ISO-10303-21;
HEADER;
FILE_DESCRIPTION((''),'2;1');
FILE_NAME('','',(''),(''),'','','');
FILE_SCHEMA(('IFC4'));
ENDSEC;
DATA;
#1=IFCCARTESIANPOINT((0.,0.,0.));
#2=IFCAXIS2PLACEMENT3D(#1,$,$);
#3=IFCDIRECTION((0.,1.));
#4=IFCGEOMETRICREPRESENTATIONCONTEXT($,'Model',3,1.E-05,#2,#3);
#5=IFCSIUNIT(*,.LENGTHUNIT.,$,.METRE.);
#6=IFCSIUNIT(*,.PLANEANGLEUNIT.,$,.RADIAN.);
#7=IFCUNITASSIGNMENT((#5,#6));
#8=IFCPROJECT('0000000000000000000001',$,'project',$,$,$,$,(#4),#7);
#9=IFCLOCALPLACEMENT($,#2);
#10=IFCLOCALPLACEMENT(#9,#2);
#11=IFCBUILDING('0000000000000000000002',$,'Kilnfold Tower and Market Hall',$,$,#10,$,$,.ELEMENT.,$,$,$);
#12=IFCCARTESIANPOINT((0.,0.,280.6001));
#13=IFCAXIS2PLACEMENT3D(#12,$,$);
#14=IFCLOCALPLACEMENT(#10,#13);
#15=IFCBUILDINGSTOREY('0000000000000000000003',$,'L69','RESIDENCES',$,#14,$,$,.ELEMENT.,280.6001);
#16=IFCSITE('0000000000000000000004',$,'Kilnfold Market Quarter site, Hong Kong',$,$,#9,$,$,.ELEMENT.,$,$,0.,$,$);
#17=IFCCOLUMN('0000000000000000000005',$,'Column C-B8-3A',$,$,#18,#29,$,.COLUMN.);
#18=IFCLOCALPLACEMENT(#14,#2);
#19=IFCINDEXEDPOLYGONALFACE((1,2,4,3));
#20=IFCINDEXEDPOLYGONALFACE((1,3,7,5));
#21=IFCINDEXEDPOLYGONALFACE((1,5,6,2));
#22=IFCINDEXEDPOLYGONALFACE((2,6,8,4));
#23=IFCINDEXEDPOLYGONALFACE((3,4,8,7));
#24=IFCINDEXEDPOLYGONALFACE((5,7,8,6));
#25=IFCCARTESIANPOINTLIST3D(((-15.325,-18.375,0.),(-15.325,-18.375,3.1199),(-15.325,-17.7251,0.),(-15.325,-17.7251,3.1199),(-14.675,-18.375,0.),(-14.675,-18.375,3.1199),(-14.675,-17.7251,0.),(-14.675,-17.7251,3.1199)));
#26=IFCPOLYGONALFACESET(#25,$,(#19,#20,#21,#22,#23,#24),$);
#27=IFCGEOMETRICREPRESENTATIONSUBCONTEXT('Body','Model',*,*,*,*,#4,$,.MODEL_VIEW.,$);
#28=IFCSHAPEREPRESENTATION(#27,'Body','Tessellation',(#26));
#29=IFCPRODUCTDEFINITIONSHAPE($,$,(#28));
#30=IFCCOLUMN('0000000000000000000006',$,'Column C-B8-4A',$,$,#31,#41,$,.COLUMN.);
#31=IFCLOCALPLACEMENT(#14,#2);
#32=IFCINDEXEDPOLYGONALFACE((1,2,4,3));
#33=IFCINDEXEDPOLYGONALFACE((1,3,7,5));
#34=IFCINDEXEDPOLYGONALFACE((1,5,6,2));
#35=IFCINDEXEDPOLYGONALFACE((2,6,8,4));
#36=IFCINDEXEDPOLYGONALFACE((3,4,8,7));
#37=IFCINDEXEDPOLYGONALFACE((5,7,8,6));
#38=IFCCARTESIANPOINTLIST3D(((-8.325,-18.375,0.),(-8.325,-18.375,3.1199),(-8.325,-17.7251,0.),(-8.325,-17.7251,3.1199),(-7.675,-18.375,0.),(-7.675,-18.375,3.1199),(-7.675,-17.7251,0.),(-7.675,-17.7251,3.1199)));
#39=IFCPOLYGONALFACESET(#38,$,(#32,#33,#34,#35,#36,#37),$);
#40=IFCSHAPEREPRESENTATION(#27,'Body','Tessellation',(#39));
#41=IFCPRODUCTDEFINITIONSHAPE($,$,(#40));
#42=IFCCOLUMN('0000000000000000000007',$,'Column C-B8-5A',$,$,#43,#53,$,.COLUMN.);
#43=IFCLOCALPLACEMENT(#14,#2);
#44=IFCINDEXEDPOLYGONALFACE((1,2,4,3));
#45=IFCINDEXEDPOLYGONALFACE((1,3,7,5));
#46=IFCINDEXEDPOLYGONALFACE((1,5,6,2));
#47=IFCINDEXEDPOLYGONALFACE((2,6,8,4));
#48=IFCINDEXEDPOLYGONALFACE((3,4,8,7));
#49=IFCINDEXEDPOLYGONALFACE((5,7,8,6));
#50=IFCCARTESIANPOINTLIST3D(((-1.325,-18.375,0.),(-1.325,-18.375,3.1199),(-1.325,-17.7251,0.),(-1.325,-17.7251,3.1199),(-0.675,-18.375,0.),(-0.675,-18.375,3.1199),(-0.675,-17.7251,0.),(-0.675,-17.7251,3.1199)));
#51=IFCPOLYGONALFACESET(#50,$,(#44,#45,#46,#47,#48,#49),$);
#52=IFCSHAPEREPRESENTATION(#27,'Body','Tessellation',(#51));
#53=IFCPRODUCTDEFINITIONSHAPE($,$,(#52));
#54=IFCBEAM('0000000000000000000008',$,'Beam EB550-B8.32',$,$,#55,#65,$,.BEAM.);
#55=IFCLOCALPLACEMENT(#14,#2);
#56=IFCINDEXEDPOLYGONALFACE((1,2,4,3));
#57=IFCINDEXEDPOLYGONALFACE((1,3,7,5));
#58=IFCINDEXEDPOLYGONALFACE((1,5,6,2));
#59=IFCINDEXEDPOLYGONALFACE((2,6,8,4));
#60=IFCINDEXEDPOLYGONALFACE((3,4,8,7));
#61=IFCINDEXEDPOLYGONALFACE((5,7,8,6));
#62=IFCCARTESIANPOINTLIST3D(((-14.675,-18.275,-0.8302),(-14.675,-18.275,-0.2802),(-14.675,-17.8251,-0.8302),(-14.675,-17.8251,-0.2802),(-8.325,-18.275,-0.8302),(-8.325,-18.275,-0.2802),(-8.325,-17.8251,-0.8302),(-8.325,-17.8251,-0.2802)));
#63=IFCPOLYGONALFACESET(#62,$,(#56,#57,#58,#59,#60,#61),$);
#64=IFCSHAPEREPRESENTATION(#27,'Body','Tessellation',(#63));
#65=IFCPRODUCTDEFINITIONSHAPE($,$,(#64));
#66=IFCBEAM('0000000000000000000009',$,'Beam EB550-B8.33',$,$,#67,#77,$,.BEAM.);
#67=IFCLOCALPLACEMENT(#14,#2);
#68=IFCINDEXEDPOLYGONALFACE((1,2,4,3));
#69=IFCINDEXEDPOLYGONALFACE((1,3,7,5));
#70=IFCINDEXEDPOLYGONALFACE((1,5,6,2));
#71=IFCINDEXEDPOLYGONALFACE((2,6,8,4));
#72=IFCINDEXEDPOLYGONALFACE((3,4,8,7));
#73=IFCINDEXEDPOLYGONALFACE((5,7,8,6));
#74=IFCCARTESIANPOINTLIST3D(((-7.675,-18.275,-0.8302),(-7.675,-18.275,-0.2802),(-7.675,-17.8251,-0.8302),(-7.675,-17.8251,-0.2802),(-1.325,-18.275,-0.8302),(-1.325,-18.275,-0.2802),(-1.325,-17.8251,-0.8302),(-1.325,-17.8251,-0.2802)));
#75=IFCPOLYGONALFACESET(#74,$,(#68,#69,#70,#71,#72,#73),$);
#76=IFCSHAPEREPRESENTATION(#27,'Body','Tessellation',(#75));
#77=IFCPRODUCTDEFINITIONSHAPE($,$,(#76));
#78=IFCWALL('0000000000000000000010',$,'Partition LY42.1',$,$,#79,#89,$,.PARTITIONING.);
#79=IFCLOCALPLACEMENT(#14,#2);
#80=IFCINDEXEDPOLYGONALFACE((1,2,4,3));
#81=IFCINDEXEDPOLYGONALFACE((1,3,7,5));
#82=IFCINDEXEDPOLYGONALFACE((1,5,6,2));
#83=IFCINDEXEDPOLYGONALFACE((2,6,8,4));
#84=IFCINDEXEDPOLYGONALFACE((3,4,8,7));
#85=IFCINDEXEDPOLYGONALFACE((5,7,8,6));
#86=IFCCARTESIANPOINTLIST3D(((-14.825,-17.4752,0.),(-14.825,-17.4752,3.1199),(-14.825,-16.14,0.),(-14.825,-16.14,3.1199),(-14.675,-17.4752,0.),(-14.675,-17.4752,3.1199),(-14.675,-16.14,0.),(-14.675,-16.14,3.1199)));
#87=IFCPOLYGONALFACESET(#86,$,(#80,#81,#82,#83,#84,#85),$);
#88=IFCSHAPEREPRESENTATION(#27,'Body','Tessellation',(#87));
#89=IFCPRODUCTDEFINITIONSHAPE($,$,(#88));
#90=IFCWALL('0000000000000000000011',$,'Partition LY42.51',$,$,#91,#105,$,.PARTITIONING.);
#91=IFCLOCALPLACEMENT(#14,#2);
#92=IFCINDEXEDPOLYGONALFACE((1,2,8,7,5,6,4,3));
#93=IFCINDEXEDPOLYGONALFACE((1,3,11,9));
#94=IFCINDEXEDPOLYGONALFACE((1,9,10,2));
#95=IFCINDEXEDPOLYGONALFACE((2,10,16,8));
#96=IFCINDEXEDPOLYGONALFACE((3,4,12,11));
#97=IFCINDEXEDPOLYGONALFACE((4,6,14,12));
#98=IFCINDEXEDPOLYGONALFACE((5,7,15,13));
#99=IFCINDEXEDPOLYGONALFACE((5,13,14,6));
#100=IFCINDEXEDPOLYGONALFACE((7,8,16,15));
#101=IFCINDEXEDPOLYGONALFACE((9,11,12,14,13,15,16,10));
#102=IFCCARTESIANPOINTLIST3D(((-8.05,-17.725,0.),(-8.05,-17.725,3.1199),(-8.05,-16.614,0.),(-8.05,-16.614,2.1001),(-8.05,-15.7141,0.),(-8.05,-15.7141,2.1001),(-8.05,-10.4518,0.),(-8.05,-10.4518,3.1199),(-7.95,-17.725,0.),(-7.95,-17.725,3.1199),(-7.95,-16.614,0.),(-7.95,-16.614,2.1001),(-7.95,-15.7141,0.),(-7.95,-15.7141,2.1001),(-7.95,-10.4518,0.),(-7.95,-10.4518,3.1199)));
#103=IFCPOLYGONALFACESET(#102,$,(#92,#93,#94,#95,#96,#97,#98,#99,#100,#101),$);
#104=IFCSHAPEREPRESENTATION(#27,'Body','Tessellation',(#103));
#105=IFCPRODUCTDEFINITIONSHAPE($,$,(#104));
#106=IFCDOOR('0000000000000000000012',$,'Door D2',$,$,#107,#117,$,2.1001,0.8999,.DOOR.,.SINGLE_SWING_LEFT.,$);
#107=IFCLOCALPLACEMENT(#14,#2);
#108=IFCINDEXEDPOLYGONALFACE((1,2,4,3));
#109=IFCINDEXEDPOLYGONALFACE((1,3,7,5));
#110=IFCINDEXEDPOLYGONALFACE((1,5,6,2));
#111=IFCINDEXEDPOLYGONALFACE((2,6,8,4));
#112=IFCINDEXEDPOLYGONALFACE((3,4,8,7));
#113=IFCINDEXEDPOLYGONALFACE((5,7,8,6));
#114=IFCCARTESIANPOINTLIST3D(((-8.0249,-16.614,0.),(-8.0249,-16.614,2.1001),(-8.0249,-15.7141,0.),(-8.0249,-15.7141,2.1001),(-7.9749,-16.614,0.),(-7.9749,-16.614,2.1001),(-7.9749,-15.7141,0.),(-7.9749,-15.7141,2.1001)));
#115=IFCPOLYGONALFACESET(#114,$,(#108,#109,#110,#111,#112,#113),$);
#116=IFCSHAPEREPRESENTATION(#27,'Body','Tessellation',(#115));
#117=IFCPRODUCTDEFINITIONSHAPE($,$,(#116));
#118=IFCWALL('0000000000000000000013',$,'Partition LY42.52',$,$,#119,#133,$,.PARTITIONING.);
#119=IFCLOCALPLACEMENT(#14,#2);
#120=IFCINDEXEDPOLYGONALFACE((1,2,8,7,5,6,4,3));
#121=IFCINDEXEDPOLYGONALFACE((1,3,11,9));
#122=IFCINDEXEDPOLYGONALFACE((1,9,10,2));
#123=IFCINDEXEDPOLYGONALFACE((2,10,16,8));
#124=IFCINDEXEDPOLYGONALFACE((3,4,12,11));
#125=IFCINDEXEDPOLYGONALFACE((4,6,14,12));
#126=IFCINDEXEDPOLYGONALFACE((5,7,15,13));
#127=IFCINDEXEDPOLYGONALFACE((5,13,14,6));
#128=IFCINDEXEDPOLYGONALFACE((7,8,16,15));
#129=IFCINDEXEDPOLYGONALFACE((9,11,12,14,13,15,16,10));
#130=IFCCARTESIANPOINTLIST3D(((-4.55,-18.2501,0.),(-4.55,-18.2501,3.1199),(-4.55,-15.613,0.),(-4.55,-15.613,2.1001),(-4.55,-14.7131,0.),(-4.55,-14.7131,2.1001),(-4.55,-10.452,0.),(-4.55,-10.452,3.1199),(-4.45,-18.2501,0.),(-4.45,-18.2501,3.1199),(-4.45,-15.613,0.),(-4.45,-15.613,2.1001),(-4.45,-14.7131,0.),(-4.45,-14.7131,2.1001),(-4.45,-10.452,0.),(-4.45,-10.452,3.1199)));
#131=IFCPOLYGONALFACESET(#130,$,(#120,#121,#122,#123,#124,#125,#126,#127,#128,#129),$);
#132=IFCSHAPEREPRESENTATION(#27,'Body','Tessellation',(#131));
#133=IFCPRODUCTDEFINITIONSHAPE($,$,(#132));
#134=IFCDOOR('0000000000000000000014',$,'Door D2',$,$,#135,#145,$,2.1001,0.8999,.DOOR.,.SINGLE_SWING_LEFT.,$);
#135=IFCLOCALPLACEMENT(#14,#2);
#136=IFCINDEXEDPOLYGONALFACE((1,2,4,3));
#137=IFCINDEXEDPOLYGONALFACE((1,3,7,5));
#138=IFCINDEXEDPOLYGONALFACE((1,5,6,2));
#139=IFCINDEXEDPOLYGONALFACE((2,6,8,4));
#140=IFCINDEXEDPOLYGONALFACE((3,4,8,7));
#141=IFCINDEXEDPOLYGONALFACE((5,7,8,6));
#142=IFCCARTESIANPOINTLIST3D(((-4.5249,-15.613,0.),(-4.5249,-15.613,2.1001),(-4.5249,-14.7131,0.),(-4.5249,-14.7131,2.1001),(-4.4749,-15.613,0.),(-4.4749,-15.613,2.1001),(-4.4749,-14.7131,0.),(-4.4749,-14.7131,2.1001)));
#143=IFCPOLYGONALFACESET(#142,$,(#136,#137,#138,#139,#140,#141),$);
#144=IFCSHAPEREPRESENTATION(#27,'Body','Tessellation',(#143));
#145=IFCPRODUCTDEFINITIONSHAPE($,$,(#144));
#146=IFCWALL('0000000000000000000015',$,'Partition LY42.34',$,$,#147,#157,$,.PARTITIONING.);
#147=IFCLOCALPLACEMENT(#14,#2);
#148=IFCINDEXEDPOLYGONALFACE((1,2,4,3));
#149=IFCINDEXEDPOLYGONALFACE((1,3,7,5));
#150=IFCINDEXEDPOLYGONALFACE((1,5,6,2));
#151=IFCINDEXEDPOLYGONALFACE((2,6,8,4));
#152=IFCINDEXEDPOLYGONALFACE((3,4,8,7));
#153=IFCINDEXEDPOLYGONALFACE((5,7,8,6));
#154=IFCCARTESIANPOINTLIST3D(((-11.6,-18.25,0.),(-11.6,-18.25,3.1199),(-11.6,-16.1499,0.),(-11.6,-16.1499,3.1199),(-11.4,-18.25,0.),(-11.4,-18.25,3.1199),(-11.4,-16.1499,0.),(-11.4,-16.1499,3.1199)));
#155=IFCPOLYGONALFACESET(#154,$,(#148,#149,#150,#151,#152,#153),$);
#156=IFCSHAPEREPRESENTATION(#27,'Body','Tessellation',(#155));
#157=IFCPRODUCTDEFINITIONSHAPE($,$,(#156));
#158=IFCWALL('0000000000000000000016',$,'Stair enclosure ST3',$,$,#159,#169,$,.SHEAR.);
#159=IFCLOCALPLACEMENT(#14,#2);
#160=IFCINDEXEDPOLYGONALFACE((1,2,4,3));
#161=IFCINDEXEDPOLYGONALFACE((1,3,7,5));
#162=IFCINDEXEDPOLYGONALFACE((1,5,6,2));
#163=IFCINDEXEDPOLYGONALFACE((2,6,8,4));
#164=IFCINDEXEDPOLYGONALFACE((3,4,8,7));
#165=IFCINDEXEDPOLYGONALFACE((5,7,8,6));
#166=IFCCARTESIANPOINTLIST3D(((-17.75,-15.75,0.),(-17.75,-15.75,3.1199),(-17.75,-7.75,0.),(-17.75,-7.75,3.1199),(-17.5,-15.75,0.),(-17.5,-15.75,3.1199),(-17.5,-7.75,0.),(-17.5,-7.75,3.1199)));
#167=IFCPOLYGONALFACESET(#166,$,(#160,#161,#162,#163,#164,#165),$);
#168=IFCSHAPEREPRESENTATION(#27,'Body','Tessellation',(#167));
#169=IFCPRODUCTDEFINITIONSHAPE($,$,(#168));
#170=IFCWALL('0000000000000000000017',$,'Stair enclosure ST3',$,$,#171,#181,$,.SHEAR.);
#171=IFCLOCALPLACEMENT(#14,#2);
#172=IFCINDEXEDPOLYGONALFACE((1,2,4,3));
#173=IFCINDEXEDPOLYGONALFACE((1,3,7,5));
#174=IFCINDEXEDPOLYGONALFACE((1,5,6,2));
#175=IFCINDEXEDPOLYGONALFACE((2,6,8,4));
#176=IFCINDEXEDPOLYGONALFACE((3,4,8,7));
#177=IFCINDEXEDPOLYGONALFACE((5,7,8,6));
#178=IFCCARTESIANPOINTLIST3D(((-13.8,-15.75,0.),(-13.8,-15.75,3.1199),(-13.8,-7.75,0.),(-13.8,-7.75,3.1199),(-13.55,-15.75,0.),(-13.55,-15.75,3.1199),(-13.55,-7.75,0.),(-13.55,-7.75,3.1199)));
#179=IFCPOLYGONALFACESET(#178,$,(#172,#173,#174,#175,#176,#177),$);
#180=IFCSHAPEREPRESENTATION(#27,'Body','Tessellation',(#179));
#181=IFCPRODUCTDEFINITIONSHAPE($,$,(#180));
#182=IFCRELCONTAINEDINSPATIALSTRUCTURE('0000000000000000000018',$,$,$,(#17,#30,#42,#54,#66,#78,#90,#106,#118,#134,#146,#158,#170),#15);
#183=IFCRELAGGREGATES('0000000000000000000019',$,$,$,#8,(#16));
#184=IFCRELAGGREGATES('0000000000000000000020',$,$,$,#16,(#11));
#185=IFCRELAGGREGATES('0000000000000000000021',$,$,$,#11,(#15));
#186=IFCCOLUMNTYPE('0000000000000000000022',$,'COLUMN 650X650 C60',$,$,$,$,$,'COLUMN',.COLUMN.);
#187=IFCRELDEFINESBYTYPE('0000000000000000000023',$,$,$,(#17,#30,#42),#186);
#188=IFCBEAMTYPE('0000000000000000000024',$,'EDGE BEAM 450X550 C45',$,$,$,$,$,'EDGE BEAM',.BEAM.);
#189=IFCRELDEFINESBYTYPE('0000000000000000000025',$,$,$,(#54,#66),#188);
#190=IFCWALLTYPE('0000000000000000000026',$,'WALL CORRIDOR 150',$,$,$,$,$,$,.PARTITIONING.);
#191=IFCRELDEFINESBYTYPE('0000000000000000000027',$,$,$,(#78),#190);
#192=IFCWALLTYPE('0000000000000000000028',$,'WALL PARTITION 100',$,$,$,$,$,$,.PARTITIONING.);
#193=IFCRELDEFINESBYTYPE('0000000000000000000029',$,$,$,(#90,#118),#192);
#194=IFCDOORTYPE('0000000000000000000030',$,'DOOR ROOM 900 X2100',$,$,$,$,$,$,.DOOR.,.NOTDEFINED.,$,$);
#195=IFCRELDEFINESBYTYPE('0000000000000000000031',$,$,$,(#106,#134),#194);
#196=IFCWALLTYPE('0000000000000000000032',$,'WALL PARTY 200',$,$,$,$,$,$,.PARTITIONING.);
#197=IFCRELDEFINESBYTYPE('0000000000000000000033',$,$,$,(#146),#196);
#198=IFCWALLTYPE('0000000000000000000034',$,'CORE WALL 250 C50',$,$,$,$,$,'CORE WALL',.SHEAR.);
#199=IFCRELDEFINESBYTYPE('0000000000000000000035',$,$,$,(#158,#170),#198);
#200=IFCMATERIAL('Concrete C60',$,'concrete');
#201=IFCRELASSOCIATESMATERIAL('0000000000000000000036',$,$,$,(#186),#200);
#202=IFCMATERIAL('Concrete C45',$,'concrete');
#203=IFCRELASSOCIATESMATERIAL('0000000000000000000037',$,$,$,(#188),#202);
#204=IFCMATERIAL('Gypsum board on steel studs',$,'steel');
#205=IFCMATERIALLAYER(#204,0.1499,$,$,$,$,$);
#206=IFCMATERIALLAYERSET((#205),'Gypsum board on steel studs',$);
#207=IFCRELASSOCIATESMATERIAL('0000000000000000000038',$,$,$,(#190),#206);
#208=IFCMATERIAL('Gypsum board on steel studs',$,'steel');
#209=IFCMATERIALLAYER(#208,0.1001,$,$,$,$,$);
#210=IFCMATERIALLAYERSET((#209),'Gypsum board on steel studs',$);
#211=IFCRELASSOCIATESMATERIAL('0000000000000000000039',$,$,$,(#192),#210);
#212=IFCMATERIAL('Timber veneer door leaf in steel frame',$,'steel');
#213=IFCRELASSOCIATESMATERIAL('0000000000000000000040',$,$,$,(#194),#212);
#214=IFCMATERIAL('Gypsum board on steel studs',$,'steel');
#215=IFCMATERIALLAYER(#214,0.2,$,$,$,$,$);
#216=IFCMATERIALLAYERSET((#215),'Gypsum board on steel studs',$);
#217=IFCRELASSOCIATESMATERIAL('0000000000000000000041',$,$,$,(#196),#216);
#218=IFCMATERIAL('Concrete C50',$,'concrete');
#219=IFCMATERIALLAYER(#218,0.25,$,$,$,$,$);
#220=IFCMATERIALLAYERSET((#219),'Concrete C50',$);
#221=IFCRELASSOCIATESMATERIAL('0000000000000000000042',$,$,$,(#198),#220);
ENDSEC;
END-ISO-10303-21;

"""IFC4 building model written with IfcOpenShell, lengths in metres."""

from ifc_helpers import new_model, si_unit, direction, frame, frame_2d, origin, origin_2d, place, context, subcontext, project, spatial, rectangle, extrude, source, transform, mapped, material, layer, layer_set, material_profile, profile_set, type_object, element, fill, save


model = new_model("IFC4")

# Units and contexts
model_context = context("Model", 3, precision=1e-05, world=origin(), true_north=direction((0.0, 1.0)))
body_context = subcontext(model_context, "Body", "Model", "MODEL_VIEW")
ifc_project = project(units=[si_unit("LENGTHUNIT", "METRE"), si_unit("PLANEANGLEUNIT", "RADIAN")], contexts=[model_context])

# Site, building, storey
site_placement = place(None, origin())
site = spatial("IfcSite", under=ifc_project, at=site_placement, Name="Kilnfold Market Quarter site, Hong Kong", CompositionType="ELEMENT", RefElevation=0.0)
building_placement = place(site_placement, origin())
building = spatial("IfcBuilding", under=site, at=building_placement, Name="Kilnfold Tower and Market Hall", CompositionType="ELEMENT")
storey_placement = place(building_placement, frame((0.0, 0.0, 280.6001)))
storey = spatial("IfcBuildingStorey", under=building, at=storey_placement, Name="L69", Description="RESIDENCES", CompositionType="ELEMENT", Elevation=280.6001)

# Columns
ifc_material_1 = material(Name="Concrete C60", Category="concrete")
ifc_material_profile_1 = material_profile(ifc_material_1, rectangle(XDim=0.6499, YDim=0.6499, at=origin_2d()), Name="RC 650x650")
ifc_profile_set_1 = profile_set([ifc_material_profile_1], Name="Concrete C60")
column_type = type_object("IfcColumnType", Name="COLUMN 650X650 C60", ElementType="COLUMN", PredefinedType="COLUMN", material=ifc_profile_set_1)
shared_shape_1 = source(origin(), body_context, "Body", "SweptSolid", [
    extrude(rectangle(XDim=0.6499, YDim=0.6499, at=origin_2d()), origin(), (0.0, 0.0, 1.0), 3.1199),
])
for number, where, z_axis, x_axis, name in (
    (1, (-15.0, -18.05, 0.0), (0.0, 0.0, 1.0), (1.0, 0.0, 0.0), "Column C-B8-3A"),
    (2, (-8.0, -18.05, 0.0), (0.0, 0.0, 1.0), (1.0, 0.0, 0.0), "Column C-B8-4A"),
    (3, (-1.0, -18.05, 0.0), (0.0, 0.0, 1.0), (1.0, 0.0, 0.0), "Column C-B8-5A"),
):
    element("IfcColumn", number, at=place(storey_placement, frame(where, z_axis=z_axis, x_axis=x_axis)), inside=storey, type_object=column_type, Name=name, PredefinedType="COLUMN", context=body_context, shape_type="MappedRepresentation", body=[
        mapped(shared_shape_1, transform((0.0, 0.0, 0.0))),
    ])

# Beams
ifc_material_2 = material(Name="Concrete C45", Category="concrete")
ifc_material_profile_2 = material_profile(ifc_material_2, rectangle(XDim=0.45, YDim=0.55, at=origin_2d()), Name="RC 450x550")
ifc_profile_set_2 = profile_set([ifc_material_profile_2], Name="Concrete C45")
beam_type = type_object("IfcBeamType", Name="EDGE BEAM 450X550 C45", ElementType="EDGE BEAM", PredefinedType="BEAM", material=ifc_profile_set_2)
shared_shape_2 = source(origin(), body_context, "Body", "SweptSolid", [
    extrude(rectangle(XDim=0.45, YDim=0.55, at=origin_2d()), origin(), (0.0, 0.0, 1.0), 6.3501),
])
for number, where, z_axis, x_axis, name in (
    (4, (-14.675, -18.05, -0.5552), (1.0, 0.0, 0.0), (0.0, 1.0, 0.0), "Beam EB550-B8.32"),
    (5, (-7.675, -18.05, -0.5552), (1.0, 0.0, 0.0), (0.0, 1.0, 0.0), "Beam EB550-B8.33"),
):
    element("IfcBeam", number, at=place(storey_placement, frame(where, z_axis=z_axis, x_axis=x_axis)), inside=storey, type_object=beam_type, Name=name, PredefinedType="BEAM", context=body_context, shape_type="MappedRepresentation", body=[
        mapped(shared_shape_2, transform((0.0, 0.0, 0.0))),
    ])

# Wall
ifc_material_3 = material(Name="Gypsum board on steel studs", Category="steel")
ifc_layer_1 = layer(ifc_material_3, 0.1499)
ifc_layer_set_1 = layer_set([ifc_layer_1], Name="Gypsum board on steel studs")
wall_type_1 = type_object("IfcWallType", Name="WALL CORRIDOR 150", PredefinedType="PARTITIONING", material=ifc_layer_set_1)
wall_1_placement = place(storey_placement, frame((-14.75, -17.4751, 0.0), z_axis=(0.0, 0.0, 1.0), x_axis=(0.0, 1.0, 0.0)))
element("IfcWall", 6, at=wall_1_placement, inside=storey, type_object=wall_type_1, Name="Partition LY42.1", PredefinedType="PARTITIONING", context=body_context, shape_type="SweptSolid", body=[
    extrude(rectangle(XDim=1.3352, YDim=0.1499, at=frame_2d((0.6675, 0.0))), origin(), (0.0, 0.0, 1.0), 3.1199),
])

# Walls, openings, doors
ifc_material_4 = material(Name="Gypsum board on steel studs", Category="steel")
ifc_layer_2 = layer(ifc_material_4, 0.1001)
ifc_layer_set_2 = layer_set([ifc_layer_2], Name="Gypsum board on steel studs")
wall_type_2 = type_object("IfcWallType", Name="WALL PARTITION 100", PredefinedType="PARTITIONING", material=ifc_layer_set_2)
wall_2_placement = place(storey_placement, frame((-8.0, -17.7251, 0.0), z_axis=(0.0, 0.0, 1.0), x_axis=(0.0, 1.0, 0.0)))
wall_2 = element("IfcWall", 7, at=wall_2_placement, inside=storey, type_object=wall_type_2, Name="Partition LY42.51", PredefinedType="PARTITIONING", context=body_context, shape_type="SweptSolid", body=[
    extrude(rectangle(XDim=7.2732, YDim=0.1001, at=frame_2d((3.6367, 0.0))), origin(), (0.0, 0.0, 1.0), 3.1199),
])
opening_1_placement = place(wall_2_placement, frame((1.1111, 0.0, 0.0)))
opening_1 = element("IfcOpeningElement", 8, at=opening_1_placement, cuts=wall_2, PredefinedType="OPENING", context=body_context, shape_type="SweptSolid", body=[
    extrude(rectangle(XDim=0.8999, YDim=2.1001, at=frame_2d((0.45, 1.05))), frame((0.0, 0.0601, 0.0), z_axis=(0.0, -1.0, 0.0), x_axis=(1.0, 0.0, 0.0)), (0.0, 0.0, 1.0), 0.1201),
])
ifc_material_5 = material(Name="Timber veneer door leaf in steel frame", Category="steel")
door_type = type_object("IfcDoorType", Name="DOOR ROOM 900 X2100", OperationType="NOTDEFINED", PredefinedType="DOOR", material=ifc_material_5)
door_1_placement = place(opening_1_placement, origin())
door_1 = element("IfcDoor", 9, at=door_1_placement, inside=storey, type_object=door_type, Name="Door D2", OperationType="SINGLE_SWING_LEFT", OverallHeight=2.1001, OverallWidth=0.8999, PredefinedType="DOOR", context=body_context, shape_type="SweptSolid", body=[
    extrude(rectangle(XDim=0.8999, YDim=2.1001, at=frame_2d((0.45, 1.05))), frame((0.0, 0.0249, 0.0), z_axis=(0.0, -1.0, 0.0), x_axis=(1.0, 0.0, 0.0)), (0.0, 0.0, 1.0), 0.05),
])
fill(opening_1, door_1)
wall_3_placement = place(storey_placement, frame((-4.5, -18.25, 0.0), z_axis=(0.0, 0.0, 1.0), x_axis=(0.0, 1.0, 0.0)))
wall_3 = element("IfcWall", 10, at=wall_3_placement, inside=storey, type_object=wall_type_2, Name="Partition LY42.52", PredefinedType="PARTITIONING", context=body_context, shape_type="SweptSolid", body=[
    extrude(rectangle(XDim=7.7981, YDim=0.1001, at=frame_2d((3.8989, 0.0))), origin(), (0.0, 0.0, 1.0), 3.1199),
])
opening_2_placement = place(wall_3_placement, frame((2.637, 0.0, 0.0)))
opening_2 = element("IfcOpeningElement", 11, at=opening_2_placement, cuts=wall_3, PredefinedType="OPENING", context=body_context, shape_type="SweptSolid", body=[
    extrude(rectangle(XDim=0.8999, YDim=2.1001, at=frame_2d((0.45, 1.05))), frame((0.0, 0.0601, 0.0), z_axis=(0.0, -1.0, 0.0), x_axis=(1.0, 0.0, 0.0)), (0.0, 0.0, 1.0), 0.1201),
])
door_2_placement = place(opening_2_placement, origin())
door_2 = element("IfcDoor", 12, at=door_2_placement, inside=storey, type_object=door_type, Name="Door D2", OperationType="SINGLE_SWING_LEFT", OverallHeight=2.1001, OverallWidth=0.8999, PredefinedType="DOOR", context=body_context, shape_type="SweptSolid", body=[
    extrude(rectangle(XDim=0.8999, YDim=2.1001, at=frame_2d((0.45, 1.05))), frame((0.0, 0.0249, 0.0), z_axis=(0.0, -1.0, 0.0), x_axis=(1.0, 0.0, 0.0)), (0.0, 0.0, 1.0), 0.05),
])
fill(opening_2, door_2)

# Walls
ifc_material_6 = material(Name="Gypsum board on steel studs", Category="steel")
ifc_layer_3 = layer(ifc_material_6, 0.2)
ifc_layer_set_3 = layer_set([ifc_layer_3], Name="Gypsum board on steel studs")
wall_type_3 = type_object("IfcWallType", Name="WALL PARTY 200", PredefinedType="PARTITIONING", material=ifc_layer_set_3)
wall_4_placement = place(storey_placement, frame((-11.5, -18.25, 0.0), z_axis=(0.0, 0.0, 1.0), x_axis=(0.0, 1.0, 0.0)))
element("IfcWall", 13, at=wall_4_placement, inside=storey, type_object=wall_type_3, Name="Partition LY42.34", PredefinedType="PARTITIONING", context=body_context, shape_type="SweptSolid", body=[
    extrude(rectangle(XDim=2.1001, YDim=0.2, at=frame_2d((1.05, 0.0))), origin(), (0.0, 0.0, 1.0), 3.1199),
])
ifc_material_7 = material(Name="Concrete C50", Category="concrete")
ifc_layer_4 = layer(ifc_material_7, 0.25)
ifc_layer_set_4 = layer_set([ifc_layer_4], Name="Concrete C50")
wall_type_4 = type_object("IfcWallType", Name="CORE WALL 250 C50", ElementType="CORE WALL", PredefinedType="SHEAR", material=ifc_layer_set_4)
shared_shape_3 = source(origin(), body_context, "Body", "SweptSolid", [
    extrude(rectangle(XDim=8.0, YDim=0.25, at=frame_2d((4.0, 0.0))), origin(), (0.0, 0.0, 1.0), 3.1199),
])
for number, where, z_axis, x_axis, name in (
    (14, (-17.625, -15.75, 0.0), (0.0, 0.0, 1.0), (0.0, 1.0, 0.0), "Stair enclosure ST3"),
    (15, (-13.675, -15.75, 0.0), (0.0, 0.0, 1.0), (0.0, 1.0, 0.0), "Stair enclosure ST3"),
):
    element("IfcWall", number, at=place(storey_placement, frame(where, z_axis=z_axis, x_axis=x_axis)), inside=storey, type_object=wall_type_4, Name=name, PredefinedType="SHEAR", context=body_context, shape_type="MappedRepresentation", body=[
        mapped(shared_shape_3, transform((0.0, 0.0, 0.0))),
    ])

save(model, "model.ifc")
